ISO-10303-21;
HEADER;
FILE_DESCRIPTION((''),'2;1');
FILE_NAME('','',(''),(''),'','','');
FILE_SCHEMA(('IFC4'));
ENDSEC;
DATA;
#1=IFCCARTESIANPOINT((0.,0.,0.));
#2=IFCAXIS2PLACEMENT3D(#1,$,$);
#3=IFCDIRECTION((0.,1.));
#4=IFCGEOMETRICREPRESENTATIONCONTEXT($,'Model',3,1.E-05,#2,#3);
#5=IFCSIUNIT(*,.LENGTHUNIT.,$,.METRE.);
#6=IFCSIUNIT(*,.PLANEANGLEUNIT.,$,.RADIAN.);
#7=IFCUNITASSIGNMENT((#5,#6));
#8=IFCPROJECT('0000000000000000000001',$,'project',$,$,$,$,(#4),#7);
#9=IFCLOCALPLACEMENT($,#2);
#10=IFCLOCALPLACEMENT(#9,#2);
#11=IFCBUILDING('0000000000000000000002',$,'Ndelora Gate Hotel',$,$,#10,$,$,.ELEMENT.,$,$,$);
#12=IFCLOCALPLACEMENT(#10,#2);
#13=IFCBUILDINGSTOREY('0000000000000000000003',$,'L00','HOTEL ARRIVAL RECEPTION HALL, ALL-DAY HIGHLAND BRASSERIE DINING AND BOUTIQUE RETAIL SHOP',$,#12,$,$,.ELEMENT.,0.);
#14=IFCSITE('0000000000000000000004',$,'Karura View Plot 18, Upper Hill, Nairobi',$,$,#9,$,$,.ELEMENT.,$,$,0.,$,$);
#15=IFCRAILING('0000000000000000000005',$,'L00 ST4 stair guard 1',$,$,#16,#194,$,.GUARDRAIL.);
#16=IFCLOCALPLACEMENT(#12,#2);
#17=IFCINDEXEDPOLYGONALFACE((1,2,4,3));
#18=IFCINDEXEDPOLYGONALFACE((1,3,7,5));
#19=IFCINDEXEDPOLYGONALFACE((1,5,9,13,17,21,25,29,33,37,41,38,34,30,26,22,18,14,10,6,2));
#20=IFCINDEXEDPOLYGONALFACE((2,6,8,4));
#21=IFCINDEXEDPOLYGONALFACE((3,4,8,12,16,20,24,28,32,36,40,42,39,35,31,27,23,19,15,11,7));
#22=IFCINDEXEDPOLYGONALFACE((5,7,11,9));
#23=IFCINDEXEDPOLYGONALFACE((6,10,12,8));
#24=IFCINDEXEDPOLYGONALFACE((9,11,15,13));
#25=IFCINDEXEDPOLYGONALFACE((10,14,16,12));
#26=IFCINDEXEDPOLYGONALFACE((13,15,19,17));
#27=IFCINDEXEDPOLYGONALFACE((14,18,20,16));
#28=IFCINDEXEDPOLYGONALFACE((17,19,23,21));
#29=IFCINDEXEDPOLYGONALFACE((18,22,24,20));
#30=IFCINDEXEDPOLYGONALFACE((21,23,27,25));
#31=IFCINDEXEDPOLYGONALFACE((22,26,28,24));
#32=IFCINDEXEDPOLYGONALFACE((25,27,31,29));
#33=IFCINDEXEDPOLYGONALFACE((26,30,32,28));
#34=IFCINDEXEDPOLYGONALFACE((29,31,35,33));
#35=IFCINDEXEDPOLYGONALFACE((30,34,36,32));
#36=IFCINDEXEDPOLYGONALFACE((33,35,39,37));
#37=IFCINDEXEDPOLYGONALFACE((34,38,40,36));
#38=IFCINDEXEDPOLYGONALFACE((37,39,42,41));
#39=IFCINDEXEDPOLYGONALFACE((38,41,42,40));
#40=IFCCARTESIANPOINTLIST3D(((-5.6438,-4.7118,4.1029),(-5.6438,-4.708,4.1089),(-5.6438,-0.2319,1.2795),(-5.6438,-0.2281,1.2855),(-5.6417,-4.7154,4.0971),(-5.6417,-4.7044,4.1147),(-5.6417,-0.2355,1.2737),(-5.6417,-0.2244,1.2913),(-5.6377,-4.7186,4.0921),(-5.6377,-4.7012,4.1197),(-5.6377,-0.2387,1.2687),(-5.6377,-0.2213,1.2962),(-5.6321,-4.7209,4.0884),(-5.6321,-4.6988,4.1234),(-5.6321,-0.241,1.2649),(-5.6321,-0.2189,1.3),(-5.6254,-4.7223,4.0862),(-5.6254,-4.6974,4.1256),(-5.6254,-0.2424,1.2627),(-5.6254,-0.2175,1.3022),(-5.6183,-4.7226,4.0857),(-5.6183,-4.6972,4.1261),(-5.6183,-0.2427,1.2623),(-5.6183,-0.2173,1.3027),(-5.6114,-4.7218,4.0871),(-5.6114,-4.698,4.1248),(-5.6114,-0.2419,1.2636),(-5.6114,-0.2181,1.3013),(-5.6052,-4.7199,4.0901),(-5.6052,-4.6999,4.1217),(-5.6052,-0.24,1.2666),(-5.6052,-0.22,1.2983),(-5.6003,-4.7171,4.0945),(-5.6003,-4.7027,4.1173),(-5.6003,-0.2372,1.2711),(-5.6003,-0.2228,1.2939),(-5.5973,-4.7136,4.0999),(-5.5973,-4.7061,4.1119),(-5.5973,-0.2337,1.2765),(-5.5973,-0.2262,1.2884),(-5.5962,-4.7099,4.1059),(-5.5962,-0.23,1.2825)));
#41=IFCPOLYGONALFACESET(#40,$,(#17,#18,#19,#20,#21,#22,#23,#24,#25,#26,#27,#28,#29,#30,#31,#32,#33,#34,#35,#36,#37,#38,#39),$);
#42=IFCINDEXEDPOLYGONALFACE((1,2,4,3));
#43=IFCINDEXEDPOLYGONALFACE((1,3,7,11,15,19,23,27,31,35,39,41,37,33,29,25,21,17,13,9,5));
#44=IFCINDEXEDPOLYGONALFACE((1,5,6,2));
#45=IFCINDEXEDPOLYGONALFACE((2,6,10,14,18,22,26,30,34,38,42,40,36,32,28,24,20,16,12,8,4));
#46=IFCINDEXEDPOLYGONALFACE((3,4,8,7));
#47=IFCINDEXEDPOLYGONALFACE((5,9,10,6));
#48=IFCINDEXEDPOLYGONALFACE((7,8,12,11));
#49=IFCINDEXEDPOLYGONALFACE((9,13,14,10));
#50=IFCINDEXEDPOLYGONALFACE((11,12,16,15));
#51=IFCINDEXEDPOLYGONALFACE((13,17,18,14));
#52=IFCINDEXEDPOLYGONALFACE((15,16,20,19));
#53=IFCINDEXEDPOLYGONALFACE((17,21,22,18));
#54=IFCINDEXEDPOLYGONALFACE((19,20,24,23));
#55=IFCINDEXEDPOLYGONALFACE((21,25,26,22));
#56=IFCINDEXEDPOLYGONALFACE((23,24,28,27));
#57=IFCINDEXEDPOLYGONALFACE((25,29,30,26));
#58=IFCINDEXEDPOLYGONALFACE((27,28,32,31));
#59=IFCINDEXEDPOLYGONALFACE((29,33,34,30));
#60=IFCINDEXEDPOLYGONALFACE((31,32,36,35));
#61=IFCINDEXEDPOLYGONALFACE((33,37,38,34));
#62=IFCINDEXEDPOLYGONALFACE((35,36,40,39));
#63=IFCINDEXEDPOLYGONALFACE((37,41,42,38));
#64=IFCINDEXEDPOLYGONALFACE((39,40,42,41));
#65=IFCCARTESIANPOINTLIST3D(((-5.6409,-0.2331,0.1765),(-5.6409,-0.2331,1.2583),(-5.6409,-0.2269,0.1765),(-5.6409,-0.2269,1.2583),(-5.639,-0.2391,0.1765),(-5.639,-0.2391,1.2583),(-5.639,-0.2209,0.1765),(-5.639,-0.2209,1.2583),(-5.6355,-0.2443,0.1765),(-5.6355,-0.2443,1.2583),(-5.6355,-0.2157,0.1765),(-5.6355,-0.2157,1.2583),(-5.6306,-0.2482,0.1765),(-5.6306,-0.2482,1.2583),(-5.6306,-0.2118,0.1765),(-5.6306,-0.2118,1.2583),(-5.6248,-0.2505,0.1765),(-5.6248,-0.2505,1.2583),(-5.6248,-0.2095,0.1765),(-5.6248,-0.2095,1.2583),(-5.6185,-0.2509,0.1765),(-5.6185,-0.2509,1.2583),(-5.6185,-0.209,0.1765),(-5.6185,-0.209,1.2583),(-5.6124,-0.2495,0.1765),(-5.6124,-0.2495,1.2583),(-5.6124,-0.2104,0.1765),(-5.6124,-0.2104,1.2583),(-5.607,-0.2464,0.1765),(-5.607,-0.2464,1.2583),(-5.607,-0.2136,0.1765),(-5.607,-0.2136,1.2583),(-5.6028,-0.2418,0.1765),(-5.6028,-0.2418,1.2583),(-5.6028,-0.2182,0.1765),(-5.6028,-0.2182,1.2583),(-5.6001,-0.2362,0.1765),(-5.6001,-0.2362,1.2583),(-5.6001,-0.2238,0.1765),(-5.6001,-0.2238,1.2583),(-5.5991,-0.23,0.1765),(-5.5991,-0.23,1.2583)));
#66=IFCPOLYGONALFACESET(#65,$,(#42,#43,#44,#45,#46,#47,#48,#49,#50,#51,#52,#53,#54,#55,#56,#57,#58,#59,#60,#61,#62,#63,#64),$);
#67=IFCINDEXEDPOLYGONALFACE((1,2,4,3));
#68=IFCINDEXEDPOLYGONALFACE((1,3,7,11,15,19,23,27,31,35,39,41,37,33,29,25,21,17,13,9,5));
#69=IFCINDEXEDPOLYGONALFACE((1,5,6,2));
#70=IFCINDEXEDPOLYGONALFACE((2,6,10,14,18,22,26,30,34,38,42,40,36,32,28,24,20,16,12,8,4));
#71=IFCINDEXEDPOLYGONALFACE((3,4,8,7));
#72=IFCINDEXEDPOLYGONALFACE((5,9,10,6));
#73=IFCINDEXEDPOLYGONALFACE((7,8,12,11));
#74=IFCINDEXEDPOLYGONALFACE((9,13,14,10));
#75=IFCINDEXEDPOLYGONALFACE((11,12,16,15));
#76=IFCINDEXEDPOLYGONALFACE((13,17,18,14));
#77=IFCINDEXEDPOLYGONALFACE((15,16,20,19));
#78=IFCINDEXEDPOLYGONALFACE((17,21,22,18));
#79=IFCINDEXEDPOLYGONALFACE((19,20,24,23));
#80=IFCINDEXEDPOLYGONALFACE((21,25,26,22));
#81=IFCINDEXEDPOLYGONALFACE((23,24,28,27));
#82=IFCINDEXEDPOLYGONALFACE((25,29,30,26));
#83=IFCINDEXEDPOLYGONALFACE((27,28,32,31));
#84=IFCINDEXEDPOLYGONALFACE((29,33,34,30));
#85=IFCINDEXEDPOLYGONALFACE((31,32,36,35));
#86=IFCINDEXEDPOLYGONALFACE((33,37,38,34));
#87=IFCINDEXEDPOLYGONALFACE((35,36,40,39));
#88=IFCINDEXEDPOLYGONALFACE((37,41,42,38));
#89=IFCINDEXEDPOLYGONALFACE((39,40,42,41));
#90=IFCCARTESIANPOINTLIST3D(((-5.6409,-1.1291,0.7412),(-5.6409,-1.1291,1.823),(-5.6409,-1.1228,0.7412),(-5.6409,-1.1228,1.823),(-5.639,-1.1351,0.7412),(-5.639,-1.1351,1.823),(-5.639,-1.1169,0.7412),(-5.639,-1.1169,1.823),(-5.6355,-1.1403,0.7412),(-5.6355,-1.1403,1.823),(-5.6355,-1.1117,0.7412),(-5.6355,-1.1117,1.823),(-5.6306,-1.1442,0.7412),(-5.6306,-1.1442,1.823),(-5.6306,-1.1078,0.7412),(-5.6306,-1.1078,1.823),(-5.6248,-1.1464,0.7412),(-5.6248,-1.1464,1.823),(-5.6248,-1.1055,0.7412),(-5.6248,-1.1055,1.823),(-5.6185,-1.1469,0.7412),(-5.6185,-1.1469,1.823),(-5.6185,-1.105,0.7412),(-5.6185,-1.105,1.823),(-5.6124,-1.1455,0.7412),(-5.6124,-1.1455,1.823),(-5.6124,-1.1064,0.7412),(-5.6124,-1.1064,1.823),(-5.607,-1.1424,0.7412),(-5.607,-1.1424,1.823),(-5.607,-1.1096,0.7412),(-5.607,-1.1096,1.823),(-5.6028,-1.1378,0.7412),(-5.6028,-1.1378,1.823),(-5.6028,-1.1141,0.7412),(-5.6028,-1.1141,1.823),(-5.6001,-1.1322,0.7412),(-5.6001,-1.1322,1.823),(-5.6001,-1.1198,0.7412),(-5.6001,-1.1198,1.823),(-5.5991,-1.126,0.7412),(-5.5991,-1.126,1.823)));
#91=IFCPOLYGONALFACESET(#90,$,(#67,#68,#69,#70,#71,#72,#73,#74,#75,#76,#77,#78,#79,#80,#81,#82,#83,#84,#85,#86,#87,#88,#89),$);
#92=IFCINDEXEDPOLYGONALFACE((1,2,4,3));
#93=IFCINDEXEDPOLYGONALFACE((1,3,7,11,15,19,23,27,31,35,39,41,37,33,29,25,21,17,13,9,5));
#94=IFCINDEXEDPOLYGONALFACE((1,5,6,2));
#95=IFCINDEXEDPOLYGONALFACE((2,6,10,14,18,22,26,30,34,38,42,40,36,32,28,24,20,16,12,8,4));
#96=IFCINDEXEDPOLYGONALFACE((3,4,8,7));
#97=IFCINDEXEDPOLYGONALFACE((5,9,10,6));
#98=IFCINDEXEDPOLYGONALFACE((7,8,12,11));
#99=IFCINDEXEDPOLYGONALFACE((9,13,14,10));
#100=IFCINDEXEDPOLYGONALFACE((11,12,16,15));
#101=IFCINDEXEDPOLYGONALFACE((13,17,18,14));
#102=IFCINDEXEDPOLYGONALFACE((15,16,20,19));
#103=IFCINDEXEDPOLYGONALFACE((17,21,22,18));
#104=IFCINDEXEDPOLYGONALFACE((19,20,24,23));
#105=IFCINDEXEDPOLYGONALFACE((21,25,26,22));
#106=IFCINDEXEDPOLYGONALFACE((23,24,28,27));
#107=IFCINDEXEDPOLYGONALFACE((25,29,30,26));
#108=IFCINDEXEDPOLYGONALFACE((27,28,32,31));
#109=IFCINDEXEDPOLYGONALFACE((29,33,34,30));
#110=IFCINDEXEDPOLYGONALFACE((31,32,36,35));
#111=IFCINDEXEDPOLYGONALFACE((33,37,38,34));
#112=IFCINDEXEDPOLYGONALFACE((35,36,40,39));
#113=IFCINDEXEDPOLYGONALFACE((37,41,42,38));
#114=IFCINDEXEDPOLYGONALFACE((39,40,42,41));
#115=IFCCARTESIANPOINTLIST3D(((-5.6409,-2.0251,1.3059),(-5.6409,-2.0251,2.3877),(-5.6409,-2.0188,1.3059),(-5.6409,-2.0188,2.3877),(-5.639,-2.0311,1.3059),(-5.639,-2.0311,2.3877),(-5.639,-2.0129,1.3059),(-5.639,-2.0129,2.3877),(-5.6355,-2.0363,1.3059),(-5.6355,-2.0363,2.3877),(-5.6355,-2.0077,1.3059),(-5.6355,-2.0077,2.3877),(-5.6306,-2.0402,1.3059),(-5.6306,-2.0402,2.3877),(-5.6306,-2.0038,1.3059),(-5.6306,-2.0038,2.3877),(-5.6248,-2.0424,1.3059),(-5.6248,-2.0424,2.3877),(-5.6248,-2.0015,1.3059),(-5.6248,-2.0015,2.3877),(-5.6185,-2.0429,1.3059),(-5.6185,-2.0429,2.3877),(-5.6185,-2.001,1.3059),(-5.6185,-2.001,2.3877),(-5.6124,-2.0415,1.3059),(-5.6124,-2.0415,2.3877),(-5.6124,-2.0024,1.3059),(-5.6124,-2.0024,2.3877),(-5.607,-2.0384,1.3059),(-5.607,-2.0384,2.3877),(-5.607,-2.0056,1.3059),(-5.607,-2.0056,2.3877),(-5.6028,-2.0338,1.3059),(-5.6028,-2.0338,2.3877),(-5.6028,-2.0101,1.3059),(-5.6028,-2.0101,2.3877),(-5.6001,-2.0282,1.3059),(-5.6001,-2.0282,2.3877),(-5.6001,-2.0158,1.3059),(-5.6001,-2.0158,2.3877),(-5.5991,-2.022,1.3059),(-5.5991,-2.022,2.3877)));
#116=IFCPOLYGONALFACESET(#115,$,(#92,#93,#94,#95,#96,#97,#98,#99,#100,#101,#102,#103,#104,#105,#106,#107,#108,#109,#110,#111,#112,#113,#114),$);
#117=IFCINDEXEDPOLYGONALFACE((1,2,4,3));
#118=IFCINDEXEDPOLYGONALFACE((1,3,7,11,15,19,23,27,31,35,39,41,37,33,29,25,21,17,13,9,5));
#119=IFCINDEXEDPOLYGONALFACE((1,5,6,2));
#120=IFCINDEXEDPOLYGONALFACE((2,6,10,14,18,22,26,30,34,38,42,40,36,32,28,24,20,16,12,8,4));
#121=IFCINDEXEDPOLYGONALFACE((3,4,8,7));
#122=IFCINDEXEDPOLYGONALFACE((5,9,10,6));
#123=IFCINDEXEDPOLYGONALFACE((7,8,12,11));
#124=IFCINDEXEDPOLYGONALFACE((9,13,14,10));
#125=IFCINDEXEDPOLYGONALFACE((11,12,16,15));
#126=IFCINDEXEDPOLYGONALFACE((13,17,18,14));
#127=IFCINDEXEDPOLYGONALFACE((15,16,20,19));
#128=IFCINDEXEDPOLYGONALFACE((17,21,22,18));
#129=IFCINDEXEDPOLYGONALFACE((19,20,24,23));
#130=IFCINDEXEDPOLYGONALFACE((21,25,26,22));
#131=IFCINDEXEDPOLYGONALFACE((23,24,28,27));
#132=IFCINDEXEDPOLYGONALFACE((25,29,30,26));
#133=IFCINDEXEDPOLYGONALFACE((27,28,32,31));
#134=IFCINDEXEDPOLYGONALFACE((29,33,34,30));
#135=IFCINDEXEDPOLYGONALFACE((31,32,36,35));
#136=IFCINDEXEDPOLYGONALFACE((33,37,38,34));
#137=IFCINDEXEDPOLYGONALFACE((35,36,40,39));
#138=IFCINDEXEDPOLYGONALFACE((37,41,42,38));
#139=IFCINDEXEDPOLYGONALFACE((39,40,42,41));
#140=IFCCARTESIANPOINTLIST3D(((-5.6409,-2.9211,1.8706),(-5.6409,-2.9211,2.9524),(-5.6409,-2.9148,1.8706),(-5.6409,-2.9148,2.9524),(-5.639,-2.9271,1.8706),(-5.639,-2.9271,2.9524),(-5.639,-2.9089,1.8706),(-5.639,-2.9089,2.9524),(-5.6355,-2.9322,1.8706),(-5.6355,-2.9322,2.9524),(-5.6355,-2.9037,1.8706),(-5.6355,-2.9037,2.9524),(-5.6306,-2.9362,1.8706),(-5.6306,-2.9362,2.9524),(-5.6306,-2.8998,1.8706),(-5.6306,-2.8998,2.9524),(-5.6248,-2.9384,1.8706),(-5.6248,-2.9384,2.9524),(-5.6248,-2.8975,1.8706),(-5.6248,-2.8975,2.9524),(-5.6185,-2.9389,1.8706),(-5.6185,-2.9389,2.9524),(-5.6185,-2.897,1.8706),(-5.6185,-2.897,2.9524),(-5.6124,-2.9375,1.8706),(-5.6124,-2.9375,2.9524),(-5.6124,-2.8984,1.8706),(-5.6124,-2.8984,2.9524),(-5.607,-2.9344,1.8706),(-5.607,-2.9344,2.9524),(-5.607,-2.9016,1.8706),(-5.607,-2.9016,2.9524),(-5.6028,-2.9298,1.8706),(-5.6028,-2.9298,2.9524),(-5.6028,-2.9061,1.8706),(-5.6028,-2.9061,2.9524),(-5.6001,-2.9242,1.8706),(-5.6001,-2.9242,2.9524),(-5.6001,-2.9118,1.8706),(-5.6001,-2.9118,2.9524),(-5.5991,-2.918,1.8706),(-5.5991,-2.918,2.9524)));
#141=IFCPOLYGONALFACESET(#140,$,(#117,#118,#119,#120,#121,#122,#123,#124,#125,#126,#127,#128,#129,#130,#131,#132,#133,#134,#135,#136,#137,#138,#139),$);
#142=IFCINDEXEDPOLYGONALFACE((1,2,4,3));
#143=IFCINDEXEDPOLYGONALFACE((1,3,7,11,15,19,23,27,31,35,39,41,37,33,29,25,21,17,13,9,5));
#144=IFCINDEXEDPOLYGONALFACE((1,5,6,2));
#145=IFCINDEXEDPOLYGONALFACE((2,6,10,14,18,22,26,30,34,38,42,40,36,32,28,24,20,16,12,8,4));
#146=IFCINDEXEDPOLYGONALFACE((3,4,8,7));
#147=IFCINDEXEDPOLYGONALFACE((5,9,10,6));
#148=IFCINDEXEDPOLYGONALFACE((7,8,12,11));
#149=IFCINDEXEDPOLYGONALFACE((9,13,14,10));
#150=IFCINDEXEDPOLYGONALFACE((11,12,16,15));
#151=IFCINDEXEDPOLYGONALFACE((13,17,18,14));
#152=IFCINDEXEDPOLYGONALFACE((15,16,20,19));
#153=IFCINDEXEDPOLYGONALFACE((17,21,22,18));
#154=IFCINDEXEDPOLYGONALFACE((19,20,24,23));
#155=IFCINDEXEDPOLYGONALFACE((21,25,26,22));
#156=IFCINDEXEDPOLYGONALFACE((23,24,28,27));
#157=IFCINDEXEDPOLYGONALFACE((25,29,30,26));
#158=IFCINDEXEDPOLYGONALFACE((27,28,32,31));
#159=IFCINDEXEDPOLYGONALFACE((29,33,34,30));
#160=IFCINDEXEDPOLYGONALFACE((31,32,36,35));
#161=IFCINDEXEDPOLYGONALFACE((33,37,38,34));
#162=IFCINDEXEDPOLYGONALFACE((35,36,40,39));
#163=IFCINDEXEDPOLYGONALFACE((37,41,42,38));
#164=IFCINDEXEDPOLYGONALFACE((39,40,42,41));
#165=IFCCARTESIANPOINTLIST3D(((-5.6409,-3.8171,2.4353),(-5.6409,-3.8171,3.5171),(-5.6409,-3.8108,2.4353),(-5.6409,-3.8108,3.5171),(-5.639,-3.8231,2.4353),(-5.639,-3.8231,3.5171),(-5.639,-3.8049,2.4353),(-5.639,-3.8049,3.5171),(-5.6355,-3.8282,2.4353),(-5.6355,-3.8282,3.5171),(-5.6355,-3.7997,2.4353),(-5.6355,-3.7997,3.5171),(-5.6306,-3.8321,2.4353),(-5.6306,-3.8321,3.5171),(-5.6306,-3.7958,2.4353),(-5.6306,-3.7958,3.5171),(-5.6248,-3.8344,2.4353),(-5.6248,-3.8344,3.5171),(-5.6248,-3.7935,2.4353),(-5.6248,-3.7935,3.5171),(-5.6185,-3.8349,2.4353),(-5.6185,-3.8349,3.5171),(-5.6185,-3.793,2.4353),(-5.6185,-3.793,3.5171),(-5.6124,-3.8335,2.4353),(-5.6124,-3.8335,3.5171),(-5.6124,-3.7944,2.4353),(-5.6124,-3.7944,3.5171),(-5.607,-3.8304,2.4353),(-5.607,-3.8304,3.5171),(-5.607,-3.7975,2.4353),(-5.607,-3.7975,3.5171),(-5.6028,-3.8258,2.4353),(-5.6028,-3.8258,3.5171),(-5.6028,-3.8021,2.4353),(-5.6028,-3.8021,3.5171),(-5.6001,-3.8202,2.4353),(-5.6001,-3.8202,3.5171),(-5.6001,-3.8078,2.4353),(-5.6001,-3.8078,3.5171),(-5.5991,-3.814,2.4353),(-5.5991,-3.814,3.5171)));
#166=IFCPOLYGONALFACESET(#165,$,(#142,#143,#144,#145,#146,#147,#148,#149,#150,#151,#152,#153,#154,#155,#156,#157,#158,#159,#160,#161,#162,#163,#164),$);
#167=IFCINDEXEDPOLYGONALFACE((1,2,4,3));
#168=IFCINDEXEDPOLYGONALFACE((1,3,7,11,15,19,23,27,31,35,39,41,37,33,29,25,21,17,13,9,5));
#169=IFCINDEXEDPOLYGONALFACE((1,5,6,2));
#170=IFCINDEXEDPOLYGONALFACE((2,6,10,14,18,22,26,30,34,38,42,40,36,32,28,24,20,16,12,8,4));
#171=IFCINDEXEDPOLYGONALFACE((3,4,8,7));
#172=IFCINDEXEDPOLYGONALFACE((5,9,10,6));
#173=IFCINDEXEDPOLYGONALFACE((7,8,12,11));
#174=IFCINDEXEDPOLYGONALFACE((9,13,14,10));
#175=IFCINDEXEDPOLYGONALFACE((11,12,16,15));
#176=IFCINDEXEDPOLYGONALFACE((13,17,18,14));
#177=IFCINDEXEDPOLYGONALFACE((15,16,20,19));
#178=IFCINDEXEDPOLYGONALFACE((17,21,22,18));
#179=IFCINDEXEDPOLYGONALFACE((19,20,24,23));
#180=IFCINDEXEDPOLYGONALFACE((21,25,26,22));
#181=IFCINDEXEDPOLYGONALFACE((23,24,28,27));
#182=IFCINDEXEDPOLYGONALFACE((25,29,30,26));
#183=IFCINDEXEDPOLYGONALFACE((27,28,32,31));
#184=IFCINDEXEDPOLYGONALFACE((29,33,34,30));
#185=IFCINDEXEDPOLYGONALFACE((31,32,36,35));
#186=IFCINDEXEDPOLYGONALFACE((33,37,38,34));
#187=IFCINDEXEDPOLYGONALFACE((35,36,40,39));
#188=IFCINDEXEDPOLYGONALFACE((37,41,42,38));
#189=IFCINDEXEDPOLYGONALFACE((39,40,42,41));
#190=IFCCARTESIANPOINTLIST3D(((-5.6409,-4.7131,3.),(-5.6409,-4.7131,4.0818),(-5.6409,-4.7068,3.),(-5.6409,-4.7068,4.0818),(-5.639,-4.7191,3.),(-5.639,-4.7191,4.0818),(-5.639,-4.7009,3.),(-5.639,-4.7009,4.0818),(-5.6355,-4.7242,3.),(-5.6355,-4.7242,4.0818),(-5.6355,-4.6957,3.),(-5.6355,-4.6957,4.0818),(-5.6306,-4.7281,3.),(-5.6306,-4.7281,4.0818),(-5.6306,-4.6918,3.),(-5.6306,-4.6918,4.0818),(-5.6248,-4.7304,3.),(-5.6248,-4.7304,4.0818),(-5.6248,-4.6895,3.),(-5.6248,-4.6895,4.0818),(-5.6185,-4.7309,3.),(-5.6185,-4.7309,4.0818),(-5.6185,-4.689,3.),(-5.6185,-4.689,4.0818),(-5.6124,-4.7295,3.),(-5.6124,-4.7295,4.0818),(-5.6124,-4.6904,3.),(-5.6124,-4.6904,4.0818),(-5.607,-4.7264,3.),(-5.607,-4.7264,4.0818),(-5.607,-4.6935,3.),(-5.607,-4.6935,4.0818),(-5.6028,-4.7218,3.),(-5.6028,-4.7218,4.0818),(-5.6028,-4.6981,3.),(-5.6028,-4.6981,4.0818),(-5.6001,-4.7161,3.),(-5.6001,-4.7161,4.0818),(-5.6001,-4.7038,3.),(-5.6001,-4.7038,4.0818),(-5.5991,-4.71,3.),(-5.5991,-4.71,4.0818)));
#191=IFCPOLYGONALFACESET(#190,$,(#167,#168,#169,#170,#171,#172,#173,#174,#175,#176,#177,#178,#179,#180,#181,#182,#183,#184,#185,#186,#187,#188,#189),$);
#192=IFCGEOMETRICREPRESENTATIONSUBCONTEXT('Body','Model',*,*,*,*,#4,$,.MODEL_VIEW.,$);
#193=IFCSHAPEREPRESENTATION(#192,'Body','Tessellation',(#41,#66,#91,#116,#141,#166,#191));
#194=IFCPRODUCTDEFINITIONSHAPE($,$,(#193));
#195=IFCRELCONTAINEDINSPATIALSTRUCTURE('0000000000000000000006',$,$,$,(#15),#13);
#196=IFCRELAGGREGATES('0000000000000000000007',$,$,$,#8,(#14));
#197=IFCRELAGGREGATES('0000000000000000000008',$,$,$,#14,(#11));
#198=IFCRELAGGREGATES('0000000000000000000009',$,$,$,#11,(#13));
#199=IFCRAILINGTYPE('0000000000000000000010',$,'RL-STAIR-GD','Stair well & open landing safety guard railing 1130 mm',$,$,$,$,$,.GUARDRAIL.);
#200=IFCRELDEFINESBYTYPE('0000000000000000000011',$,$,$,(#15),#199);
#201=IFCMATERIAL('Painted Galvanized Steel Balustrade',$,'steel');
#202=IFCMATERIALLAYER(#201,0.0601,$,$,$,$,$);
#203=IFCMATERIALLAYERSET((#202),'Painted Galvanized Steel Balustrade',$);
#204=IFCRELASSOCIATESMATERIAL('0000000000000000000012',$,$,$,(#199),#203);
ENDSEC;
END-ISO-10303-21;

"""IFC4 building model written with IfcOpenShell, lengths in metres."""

from ifc_helpers import new_model, si_unit, direction, frame, origin, origin_2d, place, context, subcontext, project, spatial, circle, extrude, material, layer, layer_set, type_object, element, save


model = new_model("IFC4")

# Units and contexts
model_context = context("Model", 3, precision=1e-05, world=origin(), true_north=direction((0.0, 1.0)))
body_context = subcontext(model_context, "Body", "Model", "MODEL_VIEW")
ifc_project = project(units=[si_unit("LENGTHUNIT", "METRE"), si_unit("PLANEANGLEUNIT", "RADIAN")], contexts=[model_context])

# Site, building, storey
site_placement = place(None, origin())
site = spatial("IfcSite", under=ifc_project, at=site_placement, Name="Karura View Plot 18, Upper Hill, Nairobi", CompositionType="ELEMENT", RefElevation=0.0)
building_placement = place(site_placement, origin())
building = spatial("IfcBuilding", under=site, at=building_placement, Name="Ndelora Gate Hotel", CompositionType="ELEMENT")
storey_placement = place(building_placement, origin())
storey = spatial("IfcBuildingStorey", under=building, at=storey_placement, Name="L00", Description="HOTEL ARRIVAL RECEPTION HALL, ALL-DAY HIGHLAND BRASSERIE DINING AND BOUTIQUE RETAIL SHOP", CompositionType="ELEMENT", Elevation=0.0)

# Railing
ifc_material_1 = material(Name="Painted Galvanized Steel Balustrade", Category="steel")
ifc_layer_1 = layer(ifc_material_1, 0.0601)
ifc_layer_set_1 = layer_set([ifc_layer_1], Name="Painted Galvanized Steel Balustrade")
railing_type_1 = type_object("IfcRailingType", Name="RL-STAIR-GD", Description="Stair well & open landing safety guard railing 1130 mm", PredefinedType="GUARDRAIL", material=ifc_layer_set_1)
railing_1_placement = place(storey_placement, frame((-5.6201, -0.23, 0.1765)))
element("IfcRailing", 1, at=railing_1_placement, inside=storey, type_object=railing_type_1, Name="L00 ST4 stair guard 1", PredefinedType="GUARDRAIL", context=body_context, shape_type="SweptSolid", body=[
    extrude(circle(Radius=0.0239, at=origin_2d()), frame((0.0, 0.0, 1.106), z_axis=(0.0, -0.845998, 0.533186), x_axis=(1.0, 0.0, 0.0)), (0.0, 0.0, 1.0), 5.2954),
    extrude(circle(Radius=0.021, at=origin_2d()), origin(), (0.0, 0.0, 1.0), 1.0818),
    extrude(circle(Radius=0.021, at=origin_2d()), frame((0.0, -0.896, 0.5647)), (0.0, 0.0, 1.0), 1.0818),
    extrude(circle(Radius=0.021, at=origin_2d()), frame((0.0, -1.792, 1.1294)), (0.0, 0.0, 1.0), 1.0818),
    extrude(circle(Radius=0.021, at=origin_2d()), frame((0.0, -2.688, 1.6941)), (0.0, 0.0, 1.0), 1.0818),
    extrude(circle(Radius=0.021, at=origin_2d()), frame((0.0, -3.584, 2.2588)), (0.0, 0.0, 1.0), 1.0818),
    extrude(circle(Radius=0.021, at=origin_2d()), frame((0.0, -4.48, 2.8235)), (0.0, 0.0, 1.0), 1.0818),
])

save(model, "model.ifc")
